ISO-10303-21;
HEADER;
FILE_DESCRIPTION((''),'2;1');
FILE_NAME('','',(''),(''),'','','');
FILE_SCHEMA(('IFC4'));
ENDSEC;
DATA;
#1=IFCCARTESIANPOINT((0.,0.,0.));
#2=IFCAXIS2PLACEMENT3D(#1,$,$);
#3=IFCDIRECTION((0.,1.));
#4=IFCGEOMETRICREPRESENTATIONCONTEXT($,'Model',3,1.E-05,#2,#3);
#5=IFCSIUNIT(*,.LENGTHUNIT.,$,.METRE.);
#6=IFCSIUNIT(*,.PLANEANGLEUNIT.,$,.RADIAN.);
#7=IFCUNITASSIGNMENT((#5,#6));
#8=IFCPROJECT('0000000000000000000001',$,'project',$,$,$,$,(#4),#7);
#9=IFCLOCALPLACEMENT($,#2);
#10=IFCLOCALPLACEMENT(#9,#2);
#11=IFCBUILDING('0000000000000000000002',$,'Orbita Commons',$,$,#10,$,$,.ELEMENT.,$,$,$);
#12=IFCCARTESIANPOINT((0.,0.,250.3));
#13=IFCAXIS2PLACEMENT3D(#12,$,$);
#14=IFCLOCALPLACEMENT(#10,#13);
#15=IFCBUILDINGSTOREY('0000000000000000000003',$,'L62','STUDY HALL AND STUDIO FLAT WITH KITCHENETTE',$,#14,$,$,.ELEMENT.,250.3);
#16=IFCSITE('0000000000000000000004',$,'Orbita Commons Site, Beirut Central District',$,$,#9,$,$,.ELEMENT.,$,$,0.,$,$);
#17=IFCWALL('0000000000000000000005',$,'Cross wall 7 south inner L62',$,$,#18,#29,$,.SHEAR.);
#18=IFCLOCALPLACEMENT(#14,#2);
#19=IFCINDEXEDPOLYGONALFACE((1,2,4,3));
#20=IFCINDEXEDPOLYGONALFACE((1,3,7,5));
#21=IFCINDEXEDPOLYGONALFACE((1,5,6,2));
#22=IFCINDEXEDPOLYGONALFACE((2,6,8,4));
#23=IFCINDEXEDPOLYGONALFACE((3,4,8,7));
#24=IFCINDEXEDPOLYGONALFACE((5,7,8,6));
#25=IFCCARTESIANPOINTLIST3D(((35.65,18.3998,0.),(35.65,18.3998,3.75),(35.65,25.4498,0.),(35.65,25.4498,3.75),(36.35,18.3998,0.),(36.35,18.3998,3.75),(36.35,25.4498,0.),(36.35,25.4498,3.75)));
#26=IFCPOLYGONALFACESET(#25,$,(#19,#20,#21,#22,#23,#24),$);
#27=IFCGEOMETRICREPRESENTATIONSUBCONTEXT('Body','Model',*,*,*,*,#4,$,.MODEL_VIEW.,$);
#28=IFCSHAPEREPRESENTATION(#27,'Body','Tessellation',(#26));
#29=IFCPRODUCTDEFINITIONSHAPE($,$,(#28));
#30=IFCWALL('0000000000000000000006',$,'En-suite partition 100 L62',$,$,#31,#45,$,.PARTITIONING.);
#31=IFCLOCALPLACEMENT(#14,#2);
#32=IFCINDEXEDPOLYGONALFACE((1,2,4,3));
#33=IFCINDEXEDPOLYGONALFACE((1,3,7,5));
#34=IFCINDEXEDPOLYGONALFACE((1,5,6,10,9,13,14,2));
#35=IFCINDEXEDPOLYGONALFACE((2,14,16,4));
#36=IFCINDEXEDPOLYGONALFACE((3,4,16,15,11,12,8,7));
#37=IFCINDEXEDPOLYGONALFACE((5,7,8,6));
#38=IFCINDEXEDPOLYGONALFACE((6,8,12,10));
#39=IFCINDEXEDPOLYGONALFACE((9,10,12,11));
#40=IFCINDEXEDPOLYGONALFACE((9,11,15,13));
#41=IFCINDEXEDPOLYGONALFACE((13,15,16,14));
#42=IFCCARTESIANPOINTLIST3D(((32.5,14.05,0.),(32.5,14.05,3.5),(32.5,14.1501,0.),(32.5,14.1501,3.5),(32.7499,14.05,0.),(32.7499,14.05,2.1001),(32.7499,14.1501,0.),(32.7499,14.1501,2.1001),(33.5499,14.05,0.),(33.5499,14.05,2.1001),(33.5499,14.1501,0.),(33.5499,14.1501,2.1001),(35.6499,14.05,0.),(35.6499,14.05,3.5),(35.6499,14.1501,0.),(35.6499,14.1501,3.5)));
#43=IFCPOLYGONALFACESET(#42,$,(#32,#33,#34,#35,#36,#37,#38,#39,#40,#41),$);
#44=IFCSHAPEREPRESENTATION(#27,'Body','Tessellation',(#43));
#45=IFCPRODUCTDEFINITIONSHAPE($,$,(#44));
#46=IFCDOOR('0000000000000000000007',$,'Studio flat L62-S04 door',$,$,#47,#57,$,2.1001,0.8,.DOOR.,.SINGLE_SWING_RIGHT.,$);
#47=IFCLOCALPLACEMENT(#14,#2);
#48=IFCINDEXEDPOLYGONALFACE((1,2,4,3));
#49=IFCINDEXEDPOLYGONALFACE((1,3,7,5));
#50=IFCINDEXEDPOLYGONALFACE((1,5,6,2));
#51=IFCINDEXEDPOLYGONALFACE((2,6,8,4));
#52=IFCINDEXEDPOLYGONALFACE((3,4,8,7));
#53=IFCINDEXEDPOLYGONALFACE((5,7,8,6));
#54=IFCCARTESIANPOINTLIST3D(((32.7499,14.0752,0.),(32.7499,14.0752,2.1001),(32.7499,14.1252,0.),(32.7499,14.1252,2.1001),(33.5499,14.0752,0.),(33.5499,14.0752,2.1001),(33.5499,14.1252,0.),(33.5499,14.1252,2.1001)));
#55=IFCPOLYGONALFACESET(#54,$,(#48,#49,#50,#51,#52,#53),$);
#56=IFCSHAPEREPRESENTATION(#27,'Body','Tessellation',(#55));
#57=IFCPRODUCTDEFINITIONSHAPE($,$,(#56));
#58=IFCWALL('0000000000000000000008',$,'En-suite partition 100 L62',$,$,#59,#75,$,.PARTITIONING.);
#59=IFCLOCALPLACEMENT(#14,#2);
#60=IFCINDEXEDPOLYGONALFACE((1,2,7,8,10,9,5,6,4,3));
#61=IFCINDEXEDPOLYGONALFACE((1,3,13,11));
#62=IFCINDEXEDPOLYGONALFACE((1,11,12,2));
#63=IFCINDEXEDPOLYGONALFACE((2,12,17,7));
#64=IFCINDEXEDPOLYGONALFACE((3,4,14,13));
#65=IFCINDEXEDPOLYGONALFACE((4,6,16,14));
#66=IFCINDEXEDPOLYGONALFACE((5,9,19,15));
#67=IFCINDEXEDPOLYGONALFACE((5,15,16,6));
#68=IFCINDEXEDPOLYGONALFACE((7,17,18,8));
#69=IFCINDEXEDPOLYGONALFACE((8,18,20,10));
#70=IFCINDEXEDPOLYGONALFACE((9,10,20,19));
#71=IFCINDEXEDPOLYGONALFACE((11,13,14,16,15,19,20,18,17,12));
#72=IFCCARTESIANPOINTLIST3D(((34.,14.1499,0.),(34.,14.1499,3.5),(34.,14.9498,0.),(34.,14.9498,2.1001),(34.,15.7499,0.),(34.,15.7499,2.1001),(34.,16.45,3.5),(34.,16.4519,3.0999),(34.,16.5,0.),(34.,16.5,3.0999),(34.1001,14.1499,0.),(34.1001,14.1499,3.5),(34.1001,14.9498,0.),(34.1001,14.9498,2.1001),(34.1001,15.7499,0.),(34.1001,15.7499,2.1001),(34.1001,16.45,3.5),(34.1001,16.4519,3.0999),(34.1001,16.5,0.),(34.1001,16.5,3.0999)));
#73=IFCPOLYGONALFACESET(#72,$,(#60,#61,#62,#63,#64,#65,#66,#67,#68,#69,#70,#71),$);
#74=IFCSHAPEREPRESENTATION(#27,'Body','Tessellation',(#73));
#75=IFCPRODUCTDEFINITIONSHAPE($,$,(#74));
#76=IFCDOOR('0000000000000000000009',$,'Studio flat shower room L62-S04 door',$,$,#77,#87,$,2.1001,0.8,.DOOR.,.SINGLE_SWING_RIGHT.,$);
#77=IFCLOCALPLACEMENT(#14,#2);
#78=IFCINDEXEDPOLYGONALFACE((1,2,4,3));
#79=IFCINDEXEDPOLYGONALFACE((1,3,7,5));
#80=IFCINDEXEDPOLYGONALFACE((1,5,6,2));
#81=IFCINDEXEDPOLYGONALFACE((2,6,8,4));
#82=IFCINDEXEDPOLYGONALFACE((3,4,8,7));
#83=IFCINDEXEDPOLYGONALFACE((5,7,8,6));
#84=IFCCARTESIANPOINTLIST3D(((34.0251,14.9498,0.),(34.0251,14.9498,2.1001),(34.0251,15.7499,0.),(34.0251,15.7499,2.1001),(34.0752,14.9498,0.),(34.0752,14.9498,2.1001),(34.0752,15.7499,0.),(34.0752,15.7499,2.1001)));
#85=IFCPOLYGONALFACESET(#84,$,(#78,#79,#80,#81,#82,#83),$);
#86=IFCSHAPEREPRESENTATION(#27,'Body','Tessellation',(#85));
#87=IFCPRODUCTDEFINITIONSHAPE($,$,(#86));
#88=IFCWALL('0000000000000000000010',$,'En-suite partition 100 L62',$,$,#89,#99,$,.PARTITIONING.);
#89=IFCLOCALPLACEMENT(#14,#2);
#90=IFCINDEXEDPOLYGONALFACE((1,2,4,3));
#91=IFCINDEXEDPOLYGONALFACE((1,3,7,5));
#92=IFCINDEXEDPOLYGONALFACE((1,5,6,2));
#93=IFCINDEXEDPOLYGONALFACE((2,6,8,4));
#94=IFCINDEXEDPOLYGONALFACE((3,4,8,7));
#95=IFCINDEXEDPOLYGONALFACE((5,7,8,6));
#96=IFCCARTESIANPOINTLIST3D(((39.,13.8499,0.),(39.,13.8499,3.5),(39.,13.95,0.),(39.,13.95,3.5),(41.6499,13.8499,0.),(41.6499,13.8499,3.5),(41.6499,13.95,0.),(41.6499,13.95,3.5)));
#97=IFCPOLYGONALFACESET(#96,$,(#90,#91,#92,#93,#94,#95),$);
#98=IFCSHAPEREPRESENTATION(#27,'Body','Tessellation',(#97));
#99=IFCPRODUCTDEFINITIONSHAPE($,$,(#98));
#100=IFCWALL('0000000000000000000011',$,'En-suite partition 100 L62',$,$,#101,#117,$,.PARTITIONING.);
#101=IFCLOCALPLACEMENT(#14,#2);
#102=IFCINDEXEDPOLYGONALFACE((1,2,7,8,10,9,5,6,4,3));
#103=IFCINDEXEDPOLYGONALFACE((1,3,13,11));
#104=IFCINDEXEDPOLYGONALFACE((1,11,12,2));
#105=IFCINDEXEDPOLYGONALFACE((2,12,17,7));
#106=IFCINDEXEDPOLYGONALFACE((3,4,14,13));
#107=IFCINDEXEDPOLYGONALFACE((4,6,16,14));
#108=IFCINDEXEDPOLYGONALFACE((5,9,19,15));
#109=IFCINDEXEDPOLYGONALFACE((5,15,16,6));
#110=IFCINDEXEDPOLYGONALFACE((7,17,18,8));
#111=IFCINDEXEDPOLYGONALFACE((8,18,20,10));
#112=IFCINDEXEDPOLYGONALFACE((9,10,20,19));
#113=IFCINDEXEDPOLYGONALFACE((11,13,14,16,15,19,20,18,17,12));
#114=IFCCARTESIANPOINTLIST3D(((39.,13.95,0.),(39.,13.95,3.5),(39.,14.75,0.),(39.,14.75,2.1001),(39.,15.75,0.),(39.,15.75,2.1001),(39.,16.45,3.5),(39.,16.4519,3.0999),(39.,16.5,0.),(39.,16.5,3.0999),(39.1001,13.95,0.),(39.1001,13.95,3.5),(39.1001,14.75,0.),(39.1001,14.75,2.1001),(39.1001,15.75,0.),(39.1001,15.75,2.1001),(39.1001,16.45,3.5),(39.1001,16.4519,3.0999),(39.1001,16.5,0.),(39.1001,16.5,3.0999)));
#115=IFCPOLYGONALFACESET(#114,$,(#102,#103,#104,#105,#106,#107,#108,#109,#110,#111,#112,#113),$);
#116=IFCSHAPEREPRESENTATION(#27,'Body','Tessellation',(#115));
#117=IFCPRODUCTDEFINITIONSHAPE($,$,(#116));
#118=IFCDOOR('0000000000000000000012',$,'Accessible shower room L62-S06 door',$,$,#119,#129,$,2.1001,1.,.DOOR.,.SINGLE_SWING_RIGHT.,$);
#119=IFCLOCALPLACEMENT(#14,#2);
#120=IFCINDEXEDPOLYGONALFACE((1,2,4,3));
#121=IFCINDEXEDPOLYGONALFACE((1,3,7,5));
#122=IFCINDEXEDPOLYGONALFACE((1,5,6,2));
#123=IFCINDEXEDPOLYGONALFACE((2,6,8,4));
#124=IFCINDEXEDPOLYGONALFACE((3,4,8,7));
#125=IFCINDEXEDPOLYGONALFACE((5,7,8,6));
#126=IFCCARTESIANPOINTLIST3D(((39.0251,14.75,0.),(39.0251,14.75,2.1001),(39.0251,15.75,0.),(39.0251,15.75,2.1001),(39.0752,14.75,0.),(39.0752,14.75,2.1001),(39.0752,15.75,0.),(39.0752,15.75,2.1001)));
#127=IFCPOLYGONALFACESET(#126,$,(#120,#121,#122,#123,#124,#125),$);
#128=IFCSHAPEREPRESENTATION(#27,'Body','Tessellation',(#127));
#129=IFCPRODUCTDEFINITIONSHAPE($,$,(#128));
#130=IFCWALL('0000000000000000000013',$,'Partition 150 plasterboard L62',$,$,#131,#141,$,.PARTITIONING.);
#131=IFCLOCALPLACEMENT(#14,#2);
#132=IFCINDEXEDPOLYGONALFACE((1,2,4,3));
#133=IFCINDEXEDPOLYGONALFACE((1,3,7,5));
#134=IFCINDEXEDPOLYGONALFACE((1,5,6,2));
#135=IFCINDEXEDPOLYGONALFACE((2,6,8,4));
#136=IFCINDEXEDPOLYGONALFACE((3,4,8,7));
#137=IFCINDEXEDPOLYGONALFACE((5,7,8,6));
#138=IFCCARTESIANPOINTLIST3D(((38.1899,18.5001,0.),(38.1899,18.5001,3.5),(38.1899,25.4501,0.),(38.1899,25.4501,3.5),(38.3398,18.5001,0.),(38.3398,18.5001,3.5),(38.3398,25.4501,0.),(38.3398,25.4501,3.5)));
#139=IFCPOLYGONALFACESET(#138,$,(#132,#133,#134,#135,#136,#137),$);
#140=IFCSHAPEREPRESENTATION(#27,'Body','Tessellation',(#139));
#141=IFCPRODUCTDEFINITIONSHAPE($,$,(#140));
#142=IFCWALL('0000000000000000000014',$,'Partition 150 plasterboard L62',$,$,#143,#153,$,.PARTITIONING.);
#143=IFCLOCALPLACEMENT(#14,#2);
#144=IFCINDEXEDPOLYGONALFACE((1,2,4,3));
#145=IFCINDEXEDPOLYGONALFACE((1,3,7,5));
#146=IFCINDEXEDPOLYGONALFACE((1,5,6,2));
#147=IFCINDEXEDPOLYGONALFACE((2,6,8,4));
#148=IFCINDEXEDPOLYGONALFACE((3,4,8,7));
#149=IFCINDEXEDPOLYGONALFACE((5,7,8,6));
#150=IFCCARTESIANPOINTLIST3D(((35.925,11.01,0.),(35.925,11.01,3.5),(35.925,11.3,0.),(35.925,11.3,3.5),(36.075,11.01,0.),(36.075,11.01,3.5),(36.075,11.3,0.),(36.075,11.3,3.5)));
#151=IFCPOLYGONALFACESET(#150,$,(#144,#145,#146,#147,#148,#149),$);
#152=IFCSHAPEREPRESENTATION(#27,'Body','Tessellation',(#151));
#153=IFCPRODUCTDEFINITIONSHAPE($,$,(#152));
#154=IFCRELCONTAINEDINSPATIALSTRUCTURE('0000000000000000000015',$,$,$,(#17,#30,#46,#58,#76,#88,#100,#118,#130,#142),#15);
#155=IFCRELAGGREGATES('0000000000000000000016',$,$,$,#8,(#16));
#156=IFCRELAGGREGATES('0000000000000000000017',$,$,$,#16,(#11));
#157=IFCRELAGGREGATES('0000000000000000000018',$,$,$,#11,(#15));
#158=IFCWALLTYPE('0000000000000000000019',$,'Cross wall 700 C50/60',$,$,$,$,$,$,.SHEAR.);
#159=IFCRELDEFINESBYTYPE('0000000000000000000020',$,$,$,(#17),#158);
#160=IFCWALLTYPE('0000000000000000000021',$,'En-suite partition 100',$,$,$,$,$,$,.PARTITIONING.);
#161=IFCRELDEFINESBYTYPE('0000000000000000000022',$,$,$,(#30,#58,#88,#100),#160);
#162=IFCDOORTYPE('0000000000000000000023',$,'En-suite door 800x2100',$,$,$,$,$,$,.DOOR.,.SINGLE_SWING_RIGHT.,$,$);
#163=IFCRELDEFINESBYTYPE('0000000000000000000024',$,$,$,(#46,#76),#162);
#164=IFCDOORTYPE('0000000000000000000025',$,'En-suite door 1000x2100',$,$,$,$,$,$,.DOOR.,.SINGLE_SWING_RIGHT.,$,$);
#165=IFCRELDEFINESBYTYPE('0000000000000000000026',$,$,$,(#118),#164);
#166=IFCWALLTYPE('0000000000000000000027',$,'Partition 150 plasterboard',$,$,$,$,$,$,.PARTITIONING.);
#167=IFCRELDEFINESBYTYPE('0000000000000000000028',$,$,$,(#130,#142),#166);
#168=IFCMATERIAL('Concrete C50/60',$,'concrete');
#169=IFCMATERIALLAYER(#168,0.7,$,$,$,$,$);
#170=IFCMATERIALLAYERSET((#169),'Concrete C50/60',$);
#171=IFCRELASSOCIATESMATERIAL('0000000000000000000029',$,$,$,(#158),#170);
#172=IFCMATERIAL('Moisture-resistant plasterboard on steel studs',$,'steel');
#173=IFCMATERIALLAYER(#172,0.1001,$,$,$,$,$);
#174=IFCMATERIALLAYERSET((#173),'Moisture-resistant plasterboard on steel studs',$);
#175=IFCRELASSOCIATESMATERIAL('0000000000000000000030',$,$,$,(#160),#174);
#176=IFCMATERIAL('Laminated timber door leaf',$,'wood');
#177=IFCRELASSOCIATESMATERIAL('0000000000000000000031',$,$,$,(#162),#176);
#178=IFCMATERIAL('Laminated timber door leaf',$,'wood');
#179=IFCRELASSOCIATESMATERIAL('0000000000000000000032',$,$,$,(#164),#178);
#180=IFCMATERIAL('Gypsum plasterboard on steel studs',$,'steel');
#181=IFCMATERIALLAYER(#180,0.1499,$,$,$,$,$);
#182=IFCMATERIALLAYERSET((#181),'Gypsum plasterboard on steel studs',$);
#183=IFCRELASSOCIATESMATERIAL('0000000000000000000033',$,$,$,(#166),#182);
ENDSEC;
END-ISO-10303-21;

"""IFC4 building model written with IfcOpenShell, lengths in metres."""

from ifc_helpers import new_model, si_unit, direction, frame, frame_2d, origin, place, context, subcontext, project, spatial, polyline, rectangle, outline, extrude, material, layer, layer_set, type_object, element, fill, save


model = new_model("IFC4")

# Units and contexts
model_context = context("Model", 3, precision=1e-05, world=origin(), true_north=direction((0.0, 1.0)))
body_context = subcontext(model_context, "Body", "Model", "MODEL_VIEW")
ifc_project = project(units=[si_unit("LENGTHUNIT", "METRE"), si_unit("PLANEANGLEUNIT", "RADIAN")], contexts=[model_context])

# Site, building, storey
site_placement = place(None, origin())
site = spatial("IfcSite", under=ifc_project, at=site_placement, Name="Orbita Commons Site, Beirut Central District", CompositionType="ELEMENT", RefElevation=0.0)
building_placement = place(site_placement, origin())
building = spatial("IfcBuilding", under=site, at=building_placement, Name="Orbita Commons", CompositionType="ELEMENT")
storey_placement = place(building_placement, frame((0.0, 0.0, 250.3)))
storey = spatial("IfcBuildingStorey", under=building, at=storey_placement, Name="L62", Description="STUDY HALL AND STUDIO FLAT WITH KITCHENETTE", CompositionType="ELEMENT", Elevation=250.3)

# Wall
ifc_material_1 = material(Name="Concrete C50/60", Category="concrete")
ifc_layer_1 = layer(ifc_material_1, 0.7)
ifc_layer_set_1 = layer_set([ifc_layer_1], Name="Concrete C50/60")
wall_type_1 = type_object("IfcWallType", Name="Cross wall 700 C50/60", PredefinedType="SHEAR", material=ifc_layer_set_1)
wall_1_placement = place(storey_placement, frame((36.0, 18.3999, 0.0), z_axis=(0.0, 0.0, 1.0), x_axis=(0.0, 1.0, 0.0)))
element("IfcWall", 1, at=wall_1_placement, inside=storey, type_object=wall_type_1, Name="Cross wall 7 south inner L62", PredefinedType="SHEAR", context=body_context, shape_type="SweptSolid", body=[
    extrude(rectangle(XDim=7.05, YDim=0.7, at=frame_2d((3.5249, 0.0))), origin(), (0.0, 0.0, 1.0), 3.75),
])

# Walls, openings, doors
ifc_material_2 = material(Name="Moisture-resistant plasterboard on steel studs", Category="steel")
ifc_layer_2 = layer(ifc_material_2, 0.1001)
ifc_layer_set_2 = layer_set([ifc_layer_2], Name="Moisture-resistant plasterboard on steel studs")
wall_type_2 = type_object("IfcWallType", Name="En-suite partition 100", PredefinedType="PARTITIONING", material=ifc_layer_set_2)
wall_2_placement = place(storey_placement, frame((35.6499, 14.1001, 0.0), z_axis=(0.0, 0.0, 1.0), x_axis=(-1.0, 0.0, 0.0)))
wall_2 = element("IfcWall", 2, at=wall_2_placement, inside=storey, type_object=wall_type_2, Name="En-suite partition 100 L62", PredefinedType="PARTITIONING", context=body_context, shape_type="SweptSolid", body=[
    extrude(rectangle(XDim=3.1499, YDim=0.1001, at=frame_2d((1.575, 0.0))), origin(), (0.0, 0.0, 1.0), 3.5),
])
opening_1_placement = place(wall_2_placement, frame((2.1001, 0.0, 0.0)))
opening_1 = element("IfcOpeningElement", 3, at=opening_1_placement, cuts=wall_2, PredefinedType="OPENING", context=body_context, shape_type="SweptSolid", body=[
    extrude(rectangle(XDim=0.8, YDim=2.1001, at=frame_2d((0.3999, 1.05))), frame((0.0, 0.0601, 0.0), z_axis=(0.0, -1.0, 0.0), x_axis=(1.0, 0.0, 0.0)), (0.0, 0.0, 1.0), 0.1201),
])
ifc_material_3 = material(Name="Laminated timber door leaf", Category="wood")
door_type_1 = type_object("IfcDoorType", Name="En-suite door 800x2100", OperationType="SINGLE_SWING_RIGHT", PredefinedType="DOOR", material=ifc_material_3)
door_1_placement = place(opening_1_placement, origin())
door_1 = element("IfcDoor", 4, at=door_1_placement, inside=storey, type_object=door_type_1, Name="Studio flat L62-S04 door", OperationType="SINGLE_SWING_RIGHT", OverallHeight=2.1001, OverallWidth=0.8, PredefinedType="DOOR", context=body_context, shape_type="SweptSolid", body=[
    extrude(rectangle(XDim=0.8, YDim=2.1001, at=frame_2d((0.3999, 1.05))), frame((0.0, 0.0249, 0.0), z_axis=(0.0, -1.0, 0.0), x_axis=(1.0, 0.0, 0.0)), (0.0, 0.0, 1.0), 0.05),
])
fill(opening_1, door_1)
wall_3_placement = place(storey_placement, frame((34.05, 14.1499, 0.0), z_axis=(0.0, 0.0, 1.0), x_axis=(0.0, 1.0, 0.0)))
wall_3 = element("IfcWall", 5, at=wall_3_placement, inside=storey, type_object=wall_type_2, Name="En-suite partition 100 L62", PredefinedType="PARTITIONING", context=body_context, shape_type="SweptSolid", body=[
    extrude(outline(polyline([(0.0, 0.0), (2.3501, 0.0), (2.3501, 3.0999), (2.302, 3.0999), (2.3, 3.5), (0.0, 3.5), (0.0, 0.0)])), frame((0.0, 0.05, 0.0), z_axis=(0.0, -1.0, 0.0), x_axis=(1.0, 0.0, 0.0)), (0.0, 0.0, 1.0), 0.1001),
])
opening_2_placement = place(wall_3_placement, frame((0.8, 0.0, 0.0)))
opening_2 = element("IfcOpeningElement", 6, at=opening_2_placement, cuts=wall_3, PredefinedType="OPENING", context=body_context, shape_type="SweptSolid", body=[
    extrude(rectangle(XDim=0.8, YDim=2.1001, at=frame_2d((0.3999, 1.05))), frame((0.0, 0.0601, 0.0), z_axis=(0.0, -1.0, 0.0), x_axis=(1.0, 0.0, 0.0)), (0.0, 0.0, 1.0), 0.1201),
])
door_2_placement = place(opening_2_placement, origin())
door_2 = element("IfcDoor", 7, at=door_2_placement, inside=storey, type_object=door_type_1, Name="Studio flat shower room L62-S04 door", OperationType="SINGLE_SWING_RIGHT", OverallHeight=2.1001, OverallWidth=0.8, PredefinedType="DOOR", context=body_context, shape_type="SweptSolid", body=[
    extrude(rectangle(XDim=0.8, YDim=2.1001, at=frame_2d((0.3999, 1.05))), frame((0.0, 0.0249, 0.0), z_axis=(0.0, -1.0, 0.0), x_axis=(1.0, 0.0, 0.0)), (0.0, 0.0, 1.0), 0.05),
])
fill(opening_2, door_2)

# Wall
wall_4_placement = place(storey_placement, frame((39.0, 13.8999, 0.0), z_axis=(0.0, 0.0, 1.0), x_axis=(1.0, 0.0, 0.0)))
element("IfcWall", 8, at=wall_4_placement, inside=storey, type_object=wall_type_2, Name="En-suite partition 100 L62", PredefinedType="PARTITIONING", context=body_context, shape_type="SweptSolid", body=[
    extrude(rectangle(XDim=2.6499, YDim=0.1001, at=frame_2d((1.325, 0.0))), origin(), (0.0, 0.0, 1.0), 3.5),
])

# Wall, opening, door
wall_5_placement = place(storey_placement, frame((39.05, 13.95, 0.0), z_axis=(0.0, 0.0, 1.0), x_axis=(0.0, 1.0, 0.0)))
wall_5 = element("IfcWall", 9, at=wall_5_placement, inside=storey, type_object=wall_type_2, Name="En-suite partition 100 L62", PredefinedType="PARTITIONING", context=body_context, shape_type="SweptSolid", body=[
    extrude(outline(polyline([(0.0, 0.0), (2.55, 0.0), (2.55, 3.0999), (2.502, 3.0999), (2.5, 3.5), (0.0, 3.5), (0.0, 0.0)])), frame((0.0, 0.05, 0.0), z_axis=(0.0, -1.0, 0.0), x_axis=(1.0, 0.0, 0.0)), (0.0, 0.0, 1.0), 0.1001),
])
opening_3_placement = place(wall_5_placement, frame((0.8, 0.0, 0.0)))
opening_3 = element("IfcOpeningElement", 10, at=opening_3_placement, cuts=wall_5, PredefinedType="OPENING", context=body_context, shape_type="SweptSolid", body=[
    extrude(rectangle(XDim=1.0, YDim=2.1001, at=frame_2d((0.5, 1.05))), frame((0.0, 0.0601, 0.0), z_axis=(0.0, -1.0, 0.0), x_axis=(1.0, 0.0, 0.0)), (0.0, 0.0, 1.0), 0.1201),
])
ifc_material_4 = material(Name="Laminated timber door leaf", Category="wood")
door_type_2 = type_object("IfcDoorType", Name="En-suite door 1000x2100", OperationType="SINGLE_SWING_RIGHT", PredefinedType="DOOR", material=ifc_material_4)
door_3_placement = place(opening_3_placement, origin())
door_3 = element("IfcDoor", 11, at=door_3_placement, inside=storey, type_object=door_type_2, Name="Accessible shower room L62-S06 door", OperationType="SINGLE_SWING_RIGHT", OverallHeight=2.1001, OverallWidth=1.0, PredefinedType="DOOR", context=body_context, shape_type="SweptSolid", body=[
    extrude(rectangle(XDim=1.0, YDim=2.1001, at=frame_2d((0.5, 1.05))), frame((0.0, 0.0249, 0.0), z_axis=(0.0, -1.0, 0.0), x_axis=(1.0, 0.0, 0.0)), (0.0, 0.0, 1.0), 0.05),
])
fill(opening_3, door_3)

# Walls
ifc_material_5 = material(Name="Gypsum plasterboard on steel studs", Category="steel")
ifc_layer_3 = layer(ifc_material_5, 0.1499)
ifc_layer_set_3 = layer_set([ifc_layer_3], Name="Gypsum plasterboard on steel studs")
wall_type_3 = type_object("IfcWallType", Name="Partition 150 plasterboard", PredefinedType="PARTITIONING", material=ifc_layer_set_3)
wall_6_placement = place(storey_placement, frame((38.2649, 18.5, 0.0), z_axis=(0.0, 0.0, 1.0), x_axis=(0.0, 1.0, 0.0)))
element("IfcWall", 12, at=wall_6_placement, inside=storey, type_object=wall_type_3, Name="Partition 150 plasterboard L62", PredefinedType="PARTITIONING", context=body_context, shape_type="SweptSolid", body=[
    extrude(rectangle(XDim=6.95, YDim=0.1499, at=frame_2d((3.4751, 0.0))), origin(), (0.0, 0.0, 1.0), 3.5),
])
wall_7_placement = place(storey_placement, frame((36.0, 11.3, 0.0), z_axis=(0.0, 0.0, 1.0), x_axis=(0.0, -1.0, 0.0)))
element("IfcWall", 13, at=wall_7_placement, inside=storey, type_object=wall_type_3, Name="Partition 150 plasterboard L62", PredefinedType="PARTITIONING", context=body_context, shape_type="SweptSolid", body=[
    extrude(rectangle(XDim=0.29, YDim=0.1499, at=frame_2d((0.145, 0.0))), origin(), (0.0, 0.0, 1.0), 3.5),
])

save(model, "model.ifc")
